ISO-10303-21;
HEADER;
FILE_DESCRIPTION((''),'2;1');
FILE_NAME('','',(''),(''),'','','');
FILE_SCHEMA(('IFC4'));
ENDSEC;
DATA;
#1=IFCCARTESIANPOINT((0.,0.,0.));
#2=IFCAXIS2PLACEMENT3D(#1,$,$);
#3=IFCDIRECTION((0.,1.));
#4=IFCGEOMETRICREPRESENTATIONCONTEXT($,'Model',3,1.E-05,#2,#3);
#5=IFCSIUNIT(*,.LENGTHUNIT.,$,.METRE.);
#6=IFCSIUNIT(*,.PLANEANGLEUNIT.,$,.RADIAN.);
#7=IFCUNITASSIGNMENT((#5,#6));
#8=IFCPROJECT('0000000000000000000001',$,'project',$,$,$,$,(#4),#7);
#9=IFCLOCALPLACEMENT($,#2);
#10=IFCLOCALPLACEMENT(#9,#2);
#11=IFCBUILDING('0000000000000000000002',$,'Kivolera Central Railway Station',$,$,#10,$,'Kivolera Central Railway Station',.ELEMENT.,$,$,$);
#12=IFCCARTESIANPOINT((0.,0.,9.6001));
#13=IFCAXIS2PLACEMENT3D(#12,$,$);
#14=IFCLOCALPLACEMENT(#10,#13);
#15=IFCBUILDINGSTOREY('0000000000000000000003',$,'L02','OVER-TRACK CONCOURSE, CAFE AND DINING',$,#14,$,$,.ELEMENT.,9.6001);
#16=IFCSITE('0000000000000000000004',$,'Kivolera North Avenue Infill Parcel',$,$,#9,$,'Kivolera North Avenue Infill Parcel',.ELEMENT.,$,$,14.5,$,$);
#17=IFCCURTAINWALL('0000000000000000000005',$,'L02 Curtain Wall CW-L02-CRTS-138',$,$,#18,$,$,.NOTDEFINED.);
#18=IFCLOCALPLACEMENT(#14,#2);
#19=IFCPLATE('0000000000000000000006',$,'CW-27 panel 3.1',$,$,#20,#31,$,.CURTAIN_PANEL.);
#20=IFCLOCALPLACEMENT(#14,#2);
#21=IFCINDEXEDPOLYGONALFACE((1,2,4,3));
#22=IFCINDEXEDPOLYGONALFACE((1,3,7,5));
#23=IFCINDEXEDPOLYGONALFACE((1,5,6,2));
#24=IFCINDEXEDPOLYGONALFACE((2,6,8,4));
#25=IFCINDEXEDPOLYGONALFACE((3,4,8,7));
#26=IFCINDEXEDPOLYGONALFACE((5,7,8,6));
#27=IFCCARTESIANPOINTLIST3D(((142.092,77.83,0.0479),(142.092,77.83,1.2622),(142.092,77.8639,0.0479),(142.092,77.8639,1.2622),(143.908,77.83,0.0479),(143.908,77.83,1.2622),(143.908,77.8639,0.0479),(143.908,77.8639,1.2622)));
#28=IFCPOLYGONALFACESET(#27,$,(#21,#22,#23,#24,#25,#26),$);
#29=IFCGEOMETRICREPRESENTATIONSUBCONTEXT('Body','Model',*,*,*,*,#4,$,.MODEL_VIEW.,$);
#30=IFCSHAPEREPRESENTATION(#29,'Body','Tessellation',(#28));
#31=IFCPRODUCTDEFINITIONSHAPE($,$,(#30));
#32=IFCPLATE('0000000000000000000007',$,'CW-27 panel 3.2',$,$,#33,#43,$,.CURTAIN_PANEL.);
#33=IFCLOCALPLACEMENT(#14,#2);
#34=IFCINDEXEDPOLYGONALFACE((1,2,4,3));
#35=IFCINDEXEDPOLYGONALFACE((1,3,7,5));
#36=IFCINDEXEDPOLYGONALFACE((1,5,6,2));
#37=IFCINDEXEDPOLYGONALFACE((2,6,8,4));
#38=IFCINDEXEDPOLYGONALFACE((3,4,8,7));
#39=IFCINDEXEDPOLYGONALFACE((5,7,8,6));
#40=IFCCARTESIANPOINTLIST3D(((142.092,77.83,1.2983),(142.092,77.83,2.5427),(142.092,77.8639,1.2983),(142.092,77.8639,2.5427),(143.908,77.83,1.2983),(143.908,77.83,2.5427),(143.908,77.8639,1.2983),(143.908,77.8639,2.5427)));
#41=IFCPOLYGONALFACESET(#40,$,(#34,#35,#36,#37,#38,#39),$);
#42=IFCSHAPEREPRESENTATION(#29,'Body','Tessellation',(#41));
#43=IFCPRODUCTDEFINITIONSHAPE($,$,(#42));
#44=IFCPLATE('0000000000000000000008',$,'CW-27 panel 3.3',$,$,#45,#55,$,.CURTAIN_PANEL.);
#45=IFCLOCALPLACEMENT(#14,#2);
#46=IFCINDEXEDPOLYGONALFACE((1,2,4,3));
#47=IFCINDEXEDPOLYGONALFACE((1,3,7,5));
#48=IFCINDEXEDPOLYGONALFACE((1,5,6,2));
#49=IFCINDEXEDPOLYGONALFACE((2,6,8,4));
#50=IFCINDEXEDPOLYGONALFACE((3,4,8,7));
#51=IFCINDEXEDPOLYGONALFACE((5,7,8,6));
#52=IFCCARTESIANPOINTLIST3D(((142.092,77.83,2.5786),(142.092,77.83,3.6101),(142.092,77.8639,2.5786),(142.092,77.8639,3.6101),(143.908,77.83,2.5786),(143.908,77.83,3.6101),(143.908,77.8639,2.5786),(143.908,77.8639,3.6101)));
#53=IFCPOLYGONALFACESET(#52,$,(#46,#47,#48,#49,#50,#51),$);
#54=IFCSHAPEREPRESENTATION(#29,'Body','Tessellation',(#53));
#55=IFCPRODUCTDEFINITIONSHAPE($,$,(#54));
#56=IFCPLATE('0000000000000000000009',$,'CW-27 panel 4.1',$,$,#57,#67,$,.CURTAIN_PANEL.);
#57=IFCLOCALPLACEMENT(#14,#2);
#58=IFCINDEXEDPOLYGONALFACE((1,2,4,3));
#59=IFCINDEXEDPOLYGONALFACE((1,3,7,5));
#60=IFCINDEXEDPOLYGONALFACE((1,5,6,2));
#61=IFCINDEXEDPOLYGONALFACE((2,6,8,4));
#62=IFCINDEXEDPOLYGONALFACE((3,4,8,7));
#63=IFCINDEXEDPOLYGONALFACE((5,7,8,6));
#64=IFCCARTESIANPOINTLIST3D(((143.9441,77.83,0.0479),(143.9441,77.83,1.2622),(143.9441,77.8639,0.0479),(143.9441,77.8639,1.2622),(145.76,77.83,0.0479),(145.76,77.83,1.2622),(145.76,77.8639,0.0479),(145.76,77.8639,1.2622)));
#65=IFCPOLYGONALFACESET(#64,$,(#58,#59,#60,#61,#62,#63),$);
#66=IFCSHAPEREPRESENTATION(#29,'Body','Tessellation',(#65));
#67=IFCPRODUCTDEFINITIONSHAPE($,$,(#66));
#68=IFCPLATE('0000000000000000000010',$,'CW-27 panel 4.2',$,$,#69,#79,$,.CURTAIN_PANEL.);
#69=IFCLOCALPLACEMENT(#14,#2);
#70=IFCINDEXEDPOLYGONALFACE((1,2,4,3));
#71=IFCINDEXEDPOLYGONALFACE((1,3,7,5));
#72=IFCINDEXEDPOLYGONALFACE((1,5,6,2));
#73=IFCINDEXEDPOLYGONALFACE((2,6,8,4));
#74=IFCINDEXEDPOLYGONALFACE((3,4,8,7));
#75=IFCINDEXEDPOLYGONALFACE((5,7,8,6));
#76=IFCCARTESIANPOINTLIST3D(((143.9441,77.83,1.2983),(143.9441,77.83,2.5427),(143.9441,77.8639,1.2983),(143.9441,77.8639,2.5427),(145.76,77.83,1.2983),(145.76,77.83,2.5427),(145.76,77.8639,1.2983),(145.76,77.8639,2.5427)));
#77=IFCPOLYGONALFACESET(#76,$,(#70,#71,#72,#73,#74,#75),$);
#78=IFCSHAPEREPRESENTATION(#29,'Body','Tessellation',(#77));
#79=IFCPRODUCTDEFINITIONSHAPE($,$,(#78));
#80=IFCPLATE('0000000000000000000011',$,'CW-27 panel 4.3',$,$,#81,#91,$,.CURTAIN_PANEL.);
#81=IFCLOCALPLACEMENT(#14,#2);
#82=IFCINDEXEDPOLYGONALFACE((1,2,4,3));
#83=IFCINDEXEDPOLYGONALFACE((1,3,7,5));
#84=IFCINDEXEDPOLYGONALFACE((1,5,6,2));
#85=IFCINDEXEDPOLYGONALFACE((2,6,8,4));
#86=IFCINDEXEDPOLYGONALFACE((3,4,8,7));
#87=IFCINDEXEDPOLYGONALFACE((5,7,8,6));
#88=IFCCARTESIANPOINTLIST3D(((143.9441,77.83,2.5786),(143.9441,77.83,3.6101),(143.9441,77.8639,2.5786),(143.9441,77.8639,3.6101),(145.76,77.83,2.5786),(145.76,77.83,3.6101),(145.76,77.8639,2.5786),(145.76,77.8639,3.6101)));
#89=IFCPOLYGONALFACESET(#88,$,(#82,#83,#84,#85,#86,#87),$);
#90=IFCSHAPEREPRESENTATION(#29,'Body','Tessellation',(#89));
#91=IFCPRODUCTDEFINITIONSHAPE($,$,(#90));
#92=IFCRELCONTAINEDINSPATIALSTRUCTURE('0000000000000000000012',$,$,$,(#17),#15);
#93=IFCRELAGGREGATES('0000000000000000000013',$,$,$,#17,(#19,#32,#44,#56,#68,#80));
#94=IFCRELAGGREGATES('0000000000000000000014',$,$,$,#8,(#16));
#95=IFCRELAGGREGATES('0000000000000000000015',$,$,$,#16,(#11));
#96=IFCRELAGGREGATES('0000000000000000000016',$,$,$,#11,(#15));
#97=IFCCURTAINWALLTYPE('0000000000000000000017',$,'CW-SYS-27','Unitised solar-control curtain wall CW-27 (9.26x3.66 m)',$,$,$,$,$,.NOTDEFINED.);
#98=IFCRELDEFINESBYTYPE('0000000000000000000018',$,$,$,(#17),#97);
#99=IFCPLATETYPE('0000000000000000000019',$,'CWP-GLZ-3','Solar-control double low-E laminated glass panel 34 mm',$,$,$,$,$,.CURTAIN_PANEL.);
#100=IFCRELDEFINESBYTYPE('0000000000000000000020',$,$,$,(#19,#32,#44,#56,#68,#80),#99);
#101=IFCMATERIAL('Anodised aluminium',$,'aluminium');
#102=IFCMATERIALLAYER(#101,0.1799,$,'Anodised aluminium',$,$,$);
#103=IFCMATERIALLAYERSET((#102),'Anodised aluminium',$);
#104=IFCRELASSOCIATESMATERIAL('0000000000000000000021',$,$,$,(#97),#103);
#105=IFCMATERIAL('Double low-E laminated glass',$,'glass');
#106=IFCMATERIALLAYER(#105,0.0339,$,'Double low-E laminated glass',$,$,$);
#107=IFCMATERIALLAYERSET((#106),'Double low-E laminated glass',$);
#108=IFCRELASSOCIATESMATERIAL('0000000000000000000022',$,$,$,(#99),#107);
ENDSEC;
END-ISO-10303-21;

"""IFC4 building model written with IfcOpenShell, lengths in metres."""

from ifc_helpers import new_model, si_unit, direction, frame, origin, origin_2d, place, context, subcontext, project, spatial, rectangle, extrude, material, layer, layer_set, type_object, element, aggregate, save


model = new_model("IFC4")

# Units and contexts
model_context = context("Model", 3, precision=1e-05, world=origin(), true_north=direction((0.0, 1.0)))
body_context = subcontext(model_context, "Body", "Model", "MODEL_VIEW")
ifc_project = project(units=[si_unit("LENGTHUNIT", "METRE"), si_unit("PLANEANGLEUNIT", "RADIAN")], contexts=[model_context])

# Site, building, storey
site_placement = place(None, origin())
site = spatial("IfcSite", under=ifc_project, at=site_placement, Name="Kivolera North Avenue Infill Parcel", LongName="Kivolera North Avenue Infill Parcel", CompositionType="ELEMENT", RefElevation=14.5)
building_placement = place(site_placement, origin())
building = spatial("IfcBuilding", under=site, at=building_placement, Name="Kivolera Central Railway Station", LongName="Kivolera Central Railway Station", CompositionType="ELEMENT")
storey_placement = place(building_placement, frame((0.0, 0.0, 9.6001)))
storey = spatial("IfcBuildingStorey", under=building, at=storey_placement, Name="L02", Description="OVER-TRACK CONCOURSE, CAFE AND DINING", CompositionType="ELEMENT", Elevation=9.6001)

# Curtain wall, plates
ifc_material_1 = material(Name="Anodised aluminium", Category="aluminium")
ifc_layer_1 = layer(ifc_material_1, 0.1799, Name="Anodised aluminium")
ifc_layer_set_1 = layer_set([ifc_layer_1], Name="Anodised aluminium")
curtain_wall_type = type_object("IfcCurtainWallType", Name="CW-SYS-27", Description="Unitised solar-control curtain wall CW-27 (9.26x3.66 m)", PredefinedType="NOTDEFINED", material=ifc_layer_set_1)
curtain_wall_placement = place(storey_placement, origin())
curtain_wall = element("IfcCurtainWall", 1, at=curtain_wall_placement, inside=storey, type_object=curtain_wall_type, Name="L02 Curtain Wall CW-L02-CRTS-138", PredefinedType="NOTDEFINED")
ifc_material_2 = material(Name="Double low-E laminated glass", Category="glass")
ifc_layer_2 = layer(ifc_material_2, 0.0339, Name="Double low-E laminated glass")
ifc_layer_set_2 = layer_set([ifc_layer_2], Name="Double low-E laminated glass")
plate_type = type_object("IfcPlateType", Name="CWP-GLZ-3", Description="Solar-control double low-E laminated glass panel 34 mm", PredefinedType="CURTAIN_PANEL", material=ifc_layer_set_2)
plate_1_placement = place(storey_placement, frame((143.0, 77.8469, 0.0479), z_axis=(0.0, 0.0, 1.0), x_axis=(1.0, 0.0, 0.0)))
plate_1 = element("IfcPlate", 2, at=plate_1_placement, type_object=plate_type, Name="CW-27 panel 3.1", PredefinedType="CURTAIN_PANEL", context=body_context, shape_type="SweptSolid", body=[
    extrude(rectangle(XDim=1.8159, YDim=0.0339, at=origin_2d()), origin(), (0.0, 0.0, 1.0), 1.2144),
])
plate_2_placement = place(storey_placement, frame((143.0, 77.8469, 1.2983), z_axis=(0.0, 0.0, 1.0), x_axis=(1.0, 0.0, 0.0)))
plate_2 = element("IfcPlate", 3, at=plate_2_placement, type_object=plate_type, Name="CW-27 panel 3.2", PredefinedType="CURTAIN_PANEL", context=body_context, shape_type="SweptSolid", body=[
    extrude(rectangle(XDim=1.8159, YDim=0.0339, at=origin_2d()), origin(), (0.0, 0.0, 1.0), 1.2444),
])
plate_3_placement = place(storey_placement, frame((143.0, 77.8469, 2.5786), z_axis=(0.0, 0.0, 1.0), x_axis=(1.0, 0.0, 0.0)))
plate_3 = element("IfcPlate", 4, at=plate_3_placement, type_object=plate_type, Name="CW-27 panel 3.3", PredefinedType="CURTAIN_PANEL", context=body_context, shape_type="SweptSolid", body=[
    extrude(rectangle(XDim=1.8159, YDim=0.0339, at=origin_2d()), origin(), (0.0, 0.0, 1.0), 1.0315),
])
plate_4_placement = place(storey_placement, frame((144.8521, 77.8469, 0.0479), z_axis=(0.0, 0.0, 1.0), x_axis=(1.0, 0.0, 0.0)))
plate_4 = element("IfcPlate", 5, at=plate_4_placement, type_object=plate_type, Name="CW-27 panel 4.1", PredefinedType="CURTAIN_PANEL", context=body_context, shape_type="SweptSolid", body=[
    extrude(rectangle(XDim=1.8159, YDim=0.0339, at=origin_2d()), origin(), (0.0, 0.0, 1.0), 1.2144),
])
plate_5_placement = place(storey_placement, frame((144.8521, 77.8469, 1.2983), z_axis=(0.0, 0.0, 1.0), x_axis=(1.0, 0.0, 0.0)))
plate_5 = element("IfcPlate", 6, at=plate_5_placement, type_object=plate_type, Name="CW-27 panel 4.2", PredefinedType="CURTAIN_PANEL", context=body_context, shape_type="SweptSolid", body=[
    extrude(rectangle(XDim=1.8159, YDim=0.0339, at=origin_2d()), origin(), (0.0, 0.0, 1.0), 1.2444),
])
plate_6_placement = place(storey_placement, frame((144.8521, 77.8469, 2.5786), z_axis=(0.0, 0.0, 1.0), x_axis=(1.0, 0.0, 0.0)))
plate_6 = element("IfcPlate", 7, at=plate_6_placement, type_object=plate_type, Name="CW-27 panel 4.3", PredefinedType="CURTAIN_PANEL", context=body_context, shape_type="SweptSolid", body=[
    extrude(rectangle(XDim=1.8159, YDim=0.0339, at=origin_2d()), origin(), (0.0, 0.0, 1.0), 1.0315),
])
aggregate(curtain_wall, [plate_1, plate_2, plate_3, plate_4, plate_5, plate_6])

save(model, "model.ifc")
